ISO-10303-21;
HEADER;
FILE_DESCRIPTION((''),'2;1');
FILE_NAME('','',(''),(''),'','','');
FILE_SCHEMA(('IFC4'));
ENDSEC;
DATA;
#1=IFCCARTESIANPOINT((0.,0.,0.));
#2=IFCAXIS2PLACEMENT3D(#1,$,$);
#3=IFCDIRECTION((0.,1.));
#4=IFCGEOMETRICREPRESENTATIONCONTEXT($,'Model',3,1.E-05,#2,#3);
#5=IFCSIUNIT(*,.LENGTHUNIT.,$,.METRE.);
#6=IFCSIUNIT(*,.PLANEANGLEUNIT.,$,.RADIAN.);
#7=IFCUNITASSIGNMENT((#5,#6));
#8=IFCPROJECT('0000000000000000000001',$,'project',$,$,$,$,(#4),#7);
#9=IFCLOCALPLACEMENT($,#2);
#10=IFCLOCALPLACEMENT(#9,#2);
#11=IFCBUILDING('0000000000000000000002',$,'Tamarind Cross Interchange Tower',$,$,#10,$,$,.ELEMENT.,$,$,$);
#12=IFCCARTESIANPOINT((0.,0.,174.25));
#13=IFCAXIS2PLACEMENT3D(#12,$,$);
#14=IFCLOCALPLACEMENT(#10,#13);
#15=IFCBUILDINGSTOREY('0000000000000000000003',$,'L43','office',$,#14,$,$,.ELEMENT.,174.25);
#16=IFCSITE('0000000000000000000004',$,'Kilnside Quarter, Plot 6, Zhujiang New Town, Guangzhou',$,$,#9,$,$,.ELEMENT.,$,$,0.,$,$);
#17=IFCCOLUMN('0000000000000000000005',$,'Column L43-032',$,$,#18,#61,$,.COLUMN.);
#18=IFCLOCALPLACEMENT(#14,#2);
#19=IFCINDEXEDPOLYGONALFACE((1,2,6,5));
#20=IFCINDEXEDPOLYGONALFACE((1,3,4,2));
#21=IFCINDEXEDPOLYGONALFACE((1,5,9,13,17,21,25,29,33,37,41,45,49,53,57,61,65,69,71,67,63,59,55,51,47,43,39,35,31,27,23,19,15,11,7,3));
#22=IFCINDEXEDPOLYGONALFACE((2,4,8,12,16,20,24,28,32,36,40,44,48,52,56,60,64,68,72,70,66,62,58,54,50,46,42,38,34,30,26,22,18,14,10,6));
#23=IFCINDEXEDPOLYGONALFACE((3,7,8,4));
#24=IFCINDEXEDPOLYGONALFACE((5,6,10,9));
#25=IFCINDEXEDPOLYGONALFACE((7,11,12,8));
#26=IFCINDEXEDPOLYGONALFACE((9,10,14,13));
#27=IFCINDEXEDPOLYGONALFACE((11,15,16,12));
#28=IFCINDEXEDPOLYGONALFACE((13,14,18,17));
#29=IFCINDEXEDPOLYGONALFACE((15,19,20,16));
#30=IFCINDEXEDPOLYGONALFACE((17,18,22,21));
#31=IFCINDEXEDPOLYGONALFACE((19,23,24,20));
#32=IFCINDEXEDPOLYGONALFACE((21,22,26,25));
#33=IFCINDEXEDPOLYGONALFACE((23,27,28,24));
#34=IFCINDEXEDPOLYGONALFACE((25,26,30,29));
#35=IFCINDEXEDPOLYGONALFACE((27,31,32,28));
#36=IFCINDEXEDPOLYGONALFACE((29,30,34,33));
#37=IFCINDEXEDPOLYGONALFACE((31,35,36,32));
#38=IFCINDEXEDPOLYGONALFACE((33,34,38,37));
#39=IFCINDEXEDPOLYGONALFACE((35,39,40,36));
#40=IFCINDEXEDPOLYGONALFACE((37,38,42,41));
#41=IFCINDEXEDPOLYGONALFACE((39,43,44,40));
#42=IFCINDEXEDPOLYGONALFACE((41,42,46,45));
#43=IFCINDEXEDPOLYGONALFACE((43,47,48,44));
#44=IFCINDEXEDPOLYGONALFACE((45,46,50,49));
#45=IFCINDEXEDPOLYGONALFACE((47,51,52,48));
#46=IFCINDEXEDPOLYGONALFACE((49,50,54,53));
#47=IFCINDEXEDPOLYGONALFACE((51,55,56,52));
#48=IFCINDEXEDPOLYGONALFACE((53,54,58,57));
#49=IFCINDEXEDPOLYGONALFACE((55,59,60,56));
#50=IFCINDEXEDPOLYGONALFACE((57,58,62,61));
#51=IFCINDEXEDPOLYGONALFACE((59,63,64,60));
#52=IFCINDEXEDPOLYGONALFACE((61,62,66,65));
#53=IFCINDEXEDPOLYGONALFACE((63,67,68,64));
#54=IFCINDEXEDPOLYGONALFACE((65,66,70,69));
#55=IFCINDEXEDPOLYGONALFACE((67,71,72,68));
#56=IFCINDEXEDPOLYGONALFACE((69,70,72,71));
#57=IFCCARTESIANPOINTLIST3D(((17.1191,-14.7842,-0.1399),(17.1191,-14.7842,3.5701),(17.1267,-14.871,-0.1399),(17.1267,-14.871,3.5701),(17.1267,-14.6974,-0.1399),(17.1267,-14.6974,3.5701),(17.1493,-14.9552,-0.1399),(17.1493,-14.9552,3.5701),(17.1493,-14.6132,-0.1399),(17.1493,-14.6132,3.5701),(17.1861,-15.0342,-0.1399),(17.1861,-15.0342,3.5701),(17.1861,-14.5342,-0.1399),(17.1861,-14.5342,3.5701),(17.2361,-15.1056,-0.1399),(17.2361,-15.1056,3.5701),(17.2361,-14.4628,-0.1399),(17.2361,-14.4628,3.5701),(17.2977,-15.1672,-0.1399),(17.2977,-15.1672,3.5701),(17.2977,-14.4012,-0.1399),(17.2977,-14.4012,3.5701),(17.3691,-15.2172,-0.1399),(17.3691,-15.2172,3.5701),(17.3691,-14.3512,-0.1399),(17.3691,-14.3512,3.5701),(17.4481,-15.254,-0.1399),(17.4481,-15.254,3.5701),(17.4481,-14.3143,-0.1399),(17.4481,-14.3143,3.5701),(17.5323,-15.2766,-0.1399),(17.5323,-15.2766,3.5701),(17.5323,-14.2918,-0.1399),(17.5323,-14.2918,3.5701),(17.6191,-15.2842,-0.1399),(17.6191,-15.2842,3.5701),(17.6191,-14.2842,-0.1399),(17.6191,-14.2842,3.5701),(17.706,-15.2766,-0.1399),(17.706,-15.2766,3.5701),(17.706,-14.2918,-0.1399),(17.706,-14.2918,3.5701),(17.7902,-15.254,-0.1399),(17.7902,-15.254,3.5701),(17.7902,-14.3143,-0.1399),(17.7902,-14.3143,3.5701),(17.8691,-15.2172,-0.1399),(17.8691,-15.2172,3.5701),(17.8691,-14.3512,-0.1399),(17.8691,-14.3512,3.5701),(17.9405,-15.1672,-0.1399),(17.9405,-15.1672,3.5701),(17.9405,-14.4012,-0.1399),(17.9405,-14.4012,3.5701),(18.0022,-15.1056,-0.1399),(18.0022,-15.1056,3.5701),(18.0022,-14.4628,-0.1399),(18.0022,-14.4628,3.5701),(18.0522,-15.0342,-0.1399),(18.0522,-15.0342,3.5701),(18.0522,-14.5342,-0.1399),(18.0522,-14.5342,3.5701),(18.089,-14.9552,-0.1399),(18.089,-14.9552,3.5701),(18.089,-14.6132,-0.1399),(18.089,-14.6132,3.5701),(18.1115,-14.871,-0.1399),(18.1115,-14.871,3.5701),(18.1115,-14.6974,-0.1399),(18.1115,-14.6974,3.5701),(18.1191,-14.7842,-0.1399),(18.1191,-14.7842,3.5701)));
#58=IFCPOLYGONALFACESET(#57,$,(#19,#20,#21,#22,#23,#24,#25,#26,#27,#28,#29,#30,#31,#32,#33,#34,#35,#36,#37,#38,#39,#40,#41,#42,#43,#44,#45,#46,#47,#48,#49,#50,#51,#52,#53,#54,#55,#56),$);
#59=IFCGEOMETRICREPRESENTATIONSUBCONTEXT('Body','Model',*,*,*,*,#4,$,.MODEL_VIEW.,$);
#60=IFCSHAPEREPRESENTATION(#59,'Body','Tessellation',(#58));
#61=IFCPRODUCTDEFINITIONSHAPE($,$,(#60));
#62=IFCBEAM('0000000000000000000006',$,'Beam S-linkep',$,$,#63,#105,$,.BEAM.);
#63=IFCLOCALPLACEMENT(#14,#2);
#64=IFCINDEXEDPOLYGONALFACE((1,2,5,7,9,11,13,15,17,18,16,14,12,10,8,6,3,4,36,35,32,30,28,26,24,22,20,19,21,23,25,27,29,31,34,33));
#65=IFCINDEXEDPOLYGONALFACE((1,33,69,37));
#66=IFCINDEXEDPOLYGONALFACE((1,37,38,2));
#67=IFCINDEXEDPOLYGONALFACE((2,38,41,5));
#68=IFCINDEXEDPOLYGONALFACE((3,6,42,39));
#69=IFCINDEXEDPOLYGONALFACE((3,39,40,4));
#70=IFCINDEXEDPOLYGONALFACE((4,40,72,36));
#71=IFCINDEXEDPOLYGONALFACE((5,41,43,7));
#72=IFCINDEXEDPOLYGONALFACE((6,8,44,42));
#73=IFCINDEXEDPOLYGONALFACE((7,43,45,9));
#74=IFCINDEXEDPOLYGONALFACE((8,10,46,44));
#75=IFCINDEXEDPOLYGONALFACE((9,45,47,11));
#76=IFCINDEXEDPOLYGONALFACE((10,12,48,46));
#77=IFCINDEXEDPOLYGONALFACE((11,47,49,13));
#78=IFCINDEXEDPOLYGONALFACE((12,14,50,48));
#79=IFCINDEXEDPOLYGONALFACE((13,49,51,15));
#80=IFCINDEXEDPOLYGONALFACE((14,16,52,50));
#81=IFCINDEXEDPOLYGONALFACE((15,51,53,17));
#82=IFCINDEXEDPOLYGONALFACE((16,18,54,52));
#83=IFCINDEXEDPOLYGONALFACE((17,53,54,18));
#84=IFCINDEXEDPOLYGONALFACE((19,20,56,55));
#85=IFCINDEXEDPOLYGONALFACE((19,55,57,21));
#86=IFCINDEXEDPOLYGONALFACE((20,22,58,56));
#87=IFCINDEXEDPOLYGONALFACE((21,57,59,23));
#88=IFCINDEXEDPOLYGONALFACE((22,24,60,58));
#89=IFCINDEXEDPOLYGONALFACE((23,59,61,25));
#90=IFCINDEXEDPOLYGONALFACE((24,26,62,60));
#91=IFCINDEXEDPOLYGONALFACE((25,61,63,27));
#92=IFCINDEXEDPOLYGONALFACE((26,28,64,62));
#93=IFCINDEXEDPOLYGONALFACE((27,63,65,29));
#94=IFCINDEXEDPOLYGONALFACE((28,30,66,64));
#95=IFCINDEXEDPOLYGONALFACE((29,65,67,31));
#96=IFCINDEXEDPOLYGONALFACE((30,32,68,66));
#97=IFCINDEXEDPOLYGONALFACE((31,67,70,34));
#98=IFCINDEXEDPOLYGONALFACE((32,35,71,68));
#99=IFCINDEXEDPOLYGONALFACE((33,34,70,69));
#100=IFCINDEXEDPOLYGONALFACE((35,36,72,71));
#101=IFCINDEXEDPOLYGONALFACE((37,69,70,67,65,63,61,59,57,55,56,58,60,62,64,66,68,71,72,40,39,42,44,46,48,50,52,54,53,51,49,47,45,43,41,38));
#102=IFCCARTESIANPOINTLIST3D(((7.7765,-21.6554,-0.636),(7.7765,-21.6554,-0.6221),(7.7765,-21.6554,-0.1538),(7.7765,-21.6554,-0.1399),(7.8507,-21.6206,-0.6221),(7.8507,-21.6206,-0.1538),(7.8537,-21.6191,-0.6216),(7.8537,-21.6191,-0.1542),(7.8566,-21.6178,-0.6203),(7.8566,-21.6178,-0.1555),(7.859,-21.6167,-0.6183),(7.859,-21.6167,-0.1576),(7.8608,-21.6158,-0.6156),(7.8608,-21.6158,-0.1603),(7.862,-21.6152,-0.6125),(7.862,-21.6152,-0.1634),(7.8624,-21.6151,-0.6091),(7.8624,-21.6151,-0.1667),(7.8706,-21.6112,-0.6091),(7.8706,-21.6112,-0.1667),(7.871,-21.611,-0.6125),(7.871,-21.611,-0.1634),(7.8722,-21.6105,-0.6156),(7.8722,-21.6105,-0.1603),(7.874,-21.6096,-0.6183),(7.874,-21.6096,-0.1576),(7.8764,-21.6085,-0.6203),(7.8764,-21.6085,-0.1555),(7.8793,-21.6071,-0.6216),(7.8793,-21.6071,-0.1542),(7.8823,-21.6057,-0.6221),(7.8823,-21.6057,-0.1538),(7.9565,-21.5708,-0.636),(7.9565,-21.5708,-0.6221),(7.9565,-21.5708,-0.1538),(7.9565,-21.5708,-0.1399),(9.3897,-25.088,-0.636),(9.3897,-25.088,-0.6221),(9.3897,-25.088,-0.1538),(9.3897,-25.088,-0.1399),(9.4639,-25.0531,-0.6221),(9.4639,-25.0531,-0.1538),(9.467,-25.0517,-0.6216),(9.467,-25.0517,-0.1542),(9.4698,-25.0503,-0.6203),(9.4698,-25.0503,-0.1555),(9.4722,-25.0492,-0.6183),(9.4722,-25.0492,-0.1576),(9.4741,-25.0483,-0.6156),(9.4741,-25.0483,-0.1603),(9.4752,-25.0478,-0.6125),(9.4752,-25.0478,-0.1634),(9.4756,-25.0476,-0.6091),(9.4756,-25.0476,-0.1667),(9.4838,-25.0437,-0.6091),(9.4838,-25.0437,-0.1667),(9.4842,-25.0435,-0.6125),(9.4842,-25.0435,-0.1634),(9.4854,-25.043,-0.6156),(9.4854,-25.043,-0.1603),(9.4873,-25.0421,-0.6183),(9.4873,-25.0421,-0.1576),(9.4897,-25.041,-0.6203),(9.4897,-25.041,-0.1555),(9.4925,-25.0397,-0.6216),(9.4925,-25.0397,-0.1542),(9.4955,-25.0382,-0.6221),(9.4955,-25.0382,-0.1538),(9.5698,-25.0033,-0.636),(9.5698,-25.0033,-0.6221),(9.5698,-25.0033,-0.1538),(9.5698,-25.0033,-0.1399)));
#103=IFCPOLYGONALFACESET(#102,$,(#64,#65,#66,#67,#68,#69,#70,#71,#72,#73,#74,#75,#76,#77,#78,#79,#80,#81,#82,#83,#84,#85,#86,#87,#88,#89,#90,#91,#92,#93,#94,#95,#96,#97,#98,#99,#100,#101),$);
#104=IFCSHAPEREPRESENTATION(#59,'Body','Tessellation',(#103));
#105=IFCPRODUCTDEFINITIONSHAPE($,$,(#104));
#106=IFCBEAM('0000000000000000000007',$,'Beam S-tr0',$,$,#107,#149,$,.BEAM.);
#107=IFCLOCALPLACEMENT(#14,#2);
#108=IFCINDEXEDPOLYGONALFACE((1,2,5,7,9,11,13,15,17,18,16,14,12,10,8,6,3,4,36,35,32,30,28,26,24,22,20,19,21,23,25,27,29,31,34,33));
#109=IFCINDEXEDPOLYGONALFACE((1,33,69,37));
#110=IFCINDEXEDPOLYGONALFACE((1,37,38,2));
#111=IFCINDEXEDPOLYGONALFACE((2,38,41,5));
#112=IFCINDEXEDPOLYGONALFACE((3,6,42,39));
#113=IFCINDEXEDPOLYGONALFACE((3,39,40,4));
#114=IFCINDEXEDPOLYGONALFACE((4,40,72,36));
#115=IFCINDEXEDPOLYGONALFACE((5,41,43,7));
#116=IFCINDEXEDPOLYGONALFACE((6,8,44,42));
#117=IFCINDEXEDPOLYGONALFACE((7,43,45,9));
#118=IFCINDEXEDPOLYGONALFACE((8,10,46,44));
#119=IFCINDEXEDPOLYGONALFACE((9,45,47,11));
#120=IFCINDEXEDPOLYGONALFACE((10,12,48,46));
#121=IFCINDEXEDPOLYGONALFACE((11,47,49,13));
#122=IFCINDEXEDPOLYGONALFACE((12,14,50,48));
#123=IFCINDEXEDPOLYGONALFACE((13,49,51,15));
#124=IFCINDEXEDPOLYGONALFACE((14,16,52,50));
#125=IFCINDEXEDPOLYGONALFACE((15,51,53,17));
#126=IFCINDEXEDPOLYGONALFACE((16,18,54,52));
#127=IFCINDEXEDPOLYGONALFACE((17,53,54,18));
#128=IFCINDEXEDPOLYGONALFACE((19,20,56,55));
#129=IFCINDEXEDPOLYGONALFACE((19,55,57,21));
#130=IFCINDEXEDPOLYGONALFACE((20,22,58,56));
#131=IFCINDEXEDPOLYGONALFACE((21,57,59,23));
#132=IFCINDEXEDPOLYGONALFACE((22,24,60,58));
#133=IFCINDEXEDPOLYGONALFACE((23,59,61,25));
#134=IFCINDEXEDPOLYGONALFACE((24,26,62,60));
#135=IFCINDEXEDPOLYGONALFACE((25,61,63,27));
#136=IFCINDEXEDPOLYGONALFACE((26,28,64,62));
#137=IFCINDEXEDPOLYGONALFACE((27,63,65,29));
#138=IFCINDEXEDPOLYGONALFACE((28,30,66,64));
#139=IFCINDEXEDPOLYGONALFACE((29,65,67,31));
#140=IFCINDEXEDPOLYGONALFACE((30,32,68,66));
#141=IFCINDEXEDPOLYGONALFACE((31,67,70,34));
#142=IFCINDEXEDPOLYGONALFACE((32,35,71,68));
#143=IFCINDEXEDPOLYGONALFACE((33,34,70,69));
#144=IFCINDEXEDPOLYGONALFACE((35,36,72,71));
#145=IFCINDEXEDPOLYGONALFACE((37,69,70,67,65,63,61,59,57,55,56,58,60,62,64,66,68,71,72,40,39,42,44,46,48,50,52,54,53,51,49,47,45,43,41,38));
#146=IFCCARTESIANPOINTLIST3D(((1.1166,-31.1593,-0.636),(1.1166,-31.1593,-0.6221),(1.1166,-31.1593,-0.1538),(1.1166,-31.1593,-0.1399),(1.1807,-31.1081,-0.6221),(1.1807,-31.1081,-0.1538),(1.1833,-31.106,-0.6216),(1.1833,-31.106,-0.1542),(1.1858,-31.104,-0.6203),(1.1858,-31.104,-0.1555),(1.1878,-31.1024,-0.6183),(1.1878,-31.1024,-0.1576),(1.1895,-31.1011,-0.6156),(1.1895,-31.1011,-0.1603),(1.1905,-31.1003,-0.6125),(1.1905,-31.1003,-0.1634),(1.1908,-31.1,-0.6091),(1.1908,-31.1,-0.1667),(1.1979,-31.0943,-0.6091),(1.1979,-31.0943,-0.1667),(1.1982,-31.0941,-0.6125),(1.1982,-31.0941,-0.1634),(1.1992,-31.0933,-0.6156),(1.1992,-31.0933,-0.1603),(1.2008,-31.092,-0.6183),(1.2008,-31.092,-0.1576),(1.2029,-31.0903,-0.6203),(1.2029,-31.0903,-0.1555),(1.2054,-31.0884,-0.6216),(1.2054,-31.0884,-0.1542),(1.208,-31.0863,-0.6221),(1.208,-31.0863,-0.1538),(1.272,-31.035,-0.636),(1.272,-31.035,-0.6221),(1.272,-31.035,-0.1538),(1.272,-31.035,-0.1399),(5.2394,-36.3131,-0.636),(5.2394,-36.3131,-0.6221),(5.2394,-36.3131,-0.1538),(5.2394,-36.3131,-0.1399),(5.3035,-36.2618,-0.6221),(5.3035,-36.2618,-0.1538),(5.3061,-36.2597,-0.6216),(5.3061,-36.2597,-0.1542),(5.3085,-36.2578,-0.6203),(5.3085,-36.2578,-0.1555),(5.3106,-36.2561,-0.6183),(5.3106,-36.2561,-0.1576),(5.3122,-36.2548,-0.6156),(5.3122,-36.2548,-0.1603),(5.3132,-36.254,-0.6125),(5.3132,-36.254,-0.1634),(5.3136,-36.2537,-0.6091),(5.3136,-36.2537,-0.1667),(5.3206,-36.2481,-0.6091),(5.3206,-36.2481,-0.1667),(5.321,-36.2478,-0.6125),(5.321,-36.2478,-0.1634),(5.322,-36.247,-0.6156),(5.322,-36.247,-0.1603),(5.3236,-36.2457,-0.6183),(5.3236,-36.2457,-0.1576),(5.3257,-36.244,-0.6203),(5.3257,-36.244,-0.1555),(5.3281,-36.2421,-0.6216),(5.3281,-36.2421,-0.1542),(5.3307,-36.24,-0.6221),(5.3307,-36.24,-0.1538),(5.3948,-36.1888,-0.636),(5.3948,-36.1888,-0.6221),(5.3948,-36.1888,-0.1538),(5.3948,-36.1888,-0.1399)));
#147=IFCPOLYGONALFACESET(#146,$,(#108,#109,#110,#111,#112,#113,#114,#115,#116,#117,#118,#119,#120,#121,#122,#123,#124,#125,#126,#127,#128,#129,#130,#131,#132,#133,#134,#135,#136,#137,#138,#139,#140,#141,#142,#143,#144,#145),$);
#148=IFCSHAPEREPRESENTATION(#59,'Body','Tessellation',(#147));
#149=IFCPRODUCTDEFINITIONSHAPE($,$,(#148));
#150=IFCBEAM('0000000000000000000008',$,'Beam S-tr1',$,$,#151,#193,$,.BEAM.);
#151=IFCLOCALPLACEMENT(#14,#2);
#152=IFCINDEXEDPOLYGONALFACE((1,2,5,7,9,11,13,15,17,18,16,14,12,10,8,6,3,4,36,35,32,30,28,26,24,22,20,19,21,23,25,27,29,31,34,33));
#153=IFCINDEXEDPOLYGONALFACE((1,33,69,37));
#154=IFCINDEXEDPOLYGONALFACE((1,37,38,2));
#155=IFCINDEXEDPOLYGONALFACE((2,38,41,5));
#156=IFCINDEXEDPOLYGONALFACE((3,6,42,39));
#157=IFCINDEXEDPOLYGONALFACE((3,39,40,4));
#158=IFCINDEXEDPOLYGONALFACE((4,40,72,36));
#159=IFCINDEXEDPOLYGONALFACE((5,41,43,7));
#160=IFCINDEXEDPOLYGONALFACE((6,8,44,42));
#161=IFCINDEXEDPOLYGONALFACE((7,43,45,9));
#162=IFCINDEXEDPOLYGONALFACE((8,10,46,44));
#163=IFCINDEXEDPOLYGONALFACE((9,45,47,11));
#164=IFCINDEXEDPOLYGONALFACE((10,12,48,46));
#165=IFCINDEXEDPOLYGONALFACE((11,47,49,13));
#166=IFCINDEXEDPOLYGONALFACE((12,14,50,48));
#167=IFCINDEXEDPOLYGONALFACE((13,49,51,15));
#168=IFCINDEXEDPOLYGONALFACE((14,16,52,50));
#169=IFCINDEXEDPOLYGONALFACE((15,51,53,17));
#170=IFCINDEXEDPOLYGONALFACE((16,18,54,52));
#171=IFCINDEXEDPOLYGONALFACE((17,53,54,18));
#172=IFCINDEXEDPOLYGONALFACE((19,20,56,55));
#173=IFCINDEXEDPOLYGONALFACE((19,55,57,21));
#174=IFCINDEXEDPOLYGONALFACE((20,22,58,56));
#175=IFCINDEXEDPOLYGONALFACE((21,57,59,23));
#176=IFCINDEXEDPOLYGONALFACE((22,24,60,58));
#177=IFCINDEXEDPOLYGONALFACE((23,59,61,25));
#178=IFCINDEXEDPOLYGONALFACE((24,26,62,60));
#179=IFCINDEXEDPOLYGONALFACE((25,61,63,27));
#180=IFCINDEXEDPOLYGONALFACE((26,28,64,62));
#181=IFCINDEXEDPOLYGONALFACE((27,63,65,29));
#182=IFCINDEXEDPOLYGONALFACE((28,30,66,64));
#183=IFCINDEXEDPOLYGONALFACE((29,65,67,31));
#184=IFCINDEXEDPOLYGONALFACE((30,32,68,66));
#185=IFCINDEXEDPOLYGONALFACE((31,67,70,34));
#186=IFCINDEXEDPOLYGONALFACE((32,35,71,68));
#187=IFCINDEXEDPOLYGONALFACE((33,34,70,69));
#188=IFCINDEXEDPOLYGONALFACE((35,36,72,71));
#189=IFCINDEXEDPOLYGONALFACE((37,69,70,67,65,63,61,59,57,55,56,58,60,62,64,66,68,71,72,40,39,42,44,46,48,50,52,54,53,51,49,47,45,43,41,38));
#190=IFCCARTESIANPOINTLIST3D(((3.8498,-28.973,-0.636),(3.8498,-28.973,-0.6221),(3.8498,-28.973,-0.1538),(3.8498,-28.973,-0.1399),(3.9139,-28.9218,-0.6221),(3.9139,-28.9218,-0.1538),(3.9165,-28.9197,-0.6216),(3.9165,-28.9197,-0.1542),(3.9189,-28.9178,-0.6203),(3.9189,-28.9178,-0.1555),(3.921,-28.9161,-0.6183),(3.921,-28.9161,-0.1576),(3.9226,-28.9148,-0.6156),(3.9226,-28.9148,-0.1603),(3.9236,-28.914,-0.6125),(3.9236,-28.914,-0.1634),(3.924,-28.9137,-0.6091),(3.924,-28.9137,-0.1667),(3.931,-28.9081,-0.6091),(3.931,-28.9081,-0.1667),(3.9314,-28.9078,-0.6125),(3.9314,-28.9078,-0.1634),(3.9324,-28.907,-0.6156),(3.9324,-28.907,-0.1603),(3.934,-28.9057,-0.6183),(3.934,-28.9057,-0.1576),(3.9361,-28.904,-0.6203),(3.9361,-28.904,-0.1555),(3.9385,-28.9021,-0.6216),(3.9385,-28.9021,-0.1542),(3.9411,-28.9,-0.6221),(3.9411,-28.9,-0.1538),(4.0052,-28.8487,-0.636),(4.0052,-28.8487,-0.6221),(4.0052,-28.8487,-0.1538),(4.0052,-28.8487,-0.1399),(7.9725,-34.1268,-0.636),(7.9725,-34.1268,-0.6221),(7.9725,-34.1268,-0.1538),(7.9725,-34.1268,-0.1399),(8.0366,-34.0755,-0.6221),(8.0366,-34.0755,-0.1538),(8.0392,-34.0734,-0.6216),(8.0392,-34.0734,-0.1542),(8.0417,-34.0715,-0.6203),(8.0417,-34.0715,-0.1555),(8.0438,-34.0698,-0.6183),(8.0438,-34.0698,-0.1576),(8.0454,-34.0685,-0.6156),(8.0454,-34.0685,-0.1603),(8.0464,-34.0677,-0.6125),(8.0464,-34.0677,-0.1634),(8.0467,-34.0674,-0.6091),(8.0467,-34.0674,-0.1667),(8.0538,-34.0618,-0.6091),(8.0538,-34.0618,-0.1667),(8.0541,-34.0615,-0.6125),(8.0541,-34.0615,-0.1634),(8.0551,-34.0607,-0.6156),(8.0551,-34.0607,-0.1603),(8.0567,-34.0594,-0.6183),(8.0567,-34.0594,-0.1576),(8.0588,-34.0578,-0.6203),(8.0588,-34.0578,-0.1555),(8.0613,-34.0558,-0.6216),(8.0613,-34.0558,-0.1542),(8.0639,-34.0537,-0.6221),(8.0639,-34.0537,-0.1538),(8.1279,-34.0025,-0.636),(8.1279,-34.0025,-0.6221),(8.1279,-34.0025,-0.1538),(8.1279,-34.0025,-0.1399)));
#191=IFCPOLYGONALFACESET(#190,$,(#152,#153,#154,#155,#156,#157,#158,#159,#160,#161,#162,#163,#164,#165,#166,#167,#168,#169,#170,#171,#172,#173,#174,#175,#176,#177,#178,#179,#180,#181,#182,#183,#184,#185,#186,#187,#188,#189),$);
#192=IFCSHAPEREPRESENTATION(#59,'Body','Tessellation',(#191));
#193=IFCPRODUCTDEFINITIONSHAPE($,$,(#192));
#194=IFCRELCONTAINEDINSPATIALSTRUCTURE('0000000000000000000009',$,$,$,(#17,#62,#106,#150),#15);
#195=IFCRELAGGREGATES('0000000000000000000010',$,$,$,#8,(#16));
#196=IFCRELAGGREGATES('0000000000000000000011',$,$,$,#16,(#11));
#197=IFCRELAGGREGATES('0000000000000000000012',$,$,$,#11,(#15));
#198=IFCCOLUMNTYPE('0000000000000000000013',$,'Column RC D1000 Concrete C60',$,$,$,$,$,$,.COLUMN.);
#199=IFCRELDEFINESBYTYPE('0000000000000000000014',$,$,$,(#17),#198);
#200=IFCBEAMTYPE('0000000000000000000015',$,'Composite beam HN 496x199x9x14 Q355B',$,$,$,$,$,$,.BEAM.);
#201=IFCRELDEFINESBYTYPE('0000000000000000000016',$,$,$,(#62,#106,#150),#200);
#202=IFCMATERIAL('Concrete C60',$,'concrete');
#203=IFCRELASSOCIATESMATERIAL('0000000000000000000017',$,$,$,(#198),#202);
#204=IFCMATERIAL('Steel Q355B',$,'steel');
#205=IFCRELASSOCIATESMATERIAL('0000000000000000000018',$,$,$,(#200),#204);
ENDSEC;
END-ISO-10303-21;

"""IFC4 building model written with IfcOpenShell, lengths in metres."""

from ifc_helpers import new_model, si_unit, direction, frame, origin, origin_2d, place, context, subcontext, project, spatial, circle, i_section, extrude, material, material_profile, profile_set, type_object, element, save


model = new_model("IFC4")

# Units and contexts
model_context = context("Model", 3, precision=1e-05, world=origin(), true_north=direction((0.0, 1.0)))
body_context = subcontext(model_context, "Body", "Model", "MODEL_VIEW")
ifc_project = project(units=[si_unit("LENGTHUNIT", "METRE"), si_unit("PLANEANGLEUNIT", "RADIAN")], contexts=[model_context])

# Site, building, storey
site_placement = place(None, origin())
site = spatial("IfcSite", under=ifc_project, at=site_placement, Name="Kilnside Quarter, Plot 6, Zhujiang New Town, Guangzhou", CompositionType="ELEMENT", RefElevation=0.0)
building_placement = place(site_placement, origin())
building = spatial("IfcBuilding", under=site, at=building_placement, Name="Tamarind Cross Interchange Tower", CompositionType="ELEMENT")
storey_placement = place(building_placement, frame((0.0, 0.0, 174.25)))
storey = spatial("IfcBuildingStorey", under=building, at=storey_placement, Name="L43", Description="office", CompositionType="ELEMENT", Elevation=174.25)

# Column
ifc_material_1 = material(Name="Concrete C60", Category="concrete")
ifc_material_profile_1 = material_profile(ifc_material_1, circle(Radius=0.5, at=origin_2d()), Name="RC D1000")
ifc_profile_set_1 = profile_set([ifc_material_profile_1], Name="Concrete C60")
column_type_1 = type_object("IfcColumnType", Name="Column RC D1000 Concrete C60", PredefinedType="COLUMN", material=ifc_profile_set_1)
for number, where, z_axis, x_axis, name in (
    (1, (17.6191, -14.7842, -0.1399), (0.0, 0.0, 1.0), (1.0, 0.0, 0.0), "Column L43-032"),
):
    element("IfcColumn", number, at=place(storey_placement, frame(where, z_axis=z_axis, x_axis=x_axis)), inside=storey, type_object=column_type_1, Name=name, PredefinedType="COLUMN", context=body_context, shape_type="SweptSolid", body=[
        extrude(circle(Radius=0.5, at=origin_2d()), origin(), (0.0, 0.0, 1.0), 3.71),
    ])

# Beams
ifc_material_2 = material(Name="Steel Q355B", Category="steel")
ifc_material_profile_2 = material_profile(ifc_material_2, i_section(OverallWidth=0.199, OverallDepth=0.4961, WebThickness=0.009, FlangeThickness=0.0139, FilletRadius=0.0129, at=origin_2d()), Name="HN 496x199x9x14")
ifc_profile_set_2 = profile_set([ifc_material_profile_2], Name="Steel Q355B")
beam_type_1 = type_object("IfcBeamType", Name="Composite beam HN 496x199x9x14 Q355B", PredefinedType="BEAM", material=ifc_profile_set_2)
beam_1_placement = place(storey_placement, frame((9.4797, -25.0457, -0.3879), z_axis=(-0.425351, 0.905029, 0.0), x_axis=(-0.905029, -0.425351, 0.0)))
element("IfcBeam", 2, at=beam_1_placement, inside=storey, type_object=beam_type_1, Name="Beam S-linkep", PredefinedType="BEAM", context=body_context, shape_type="SweptSolid", body=[
    extrude(i_section(OverallWidth=0.199, OverallDepth=0.4961, WebThickness=0.009, FlangeThickness=0.0139, FilletRadius=0.0129, at=origin_2d()), origin(), (0.0, 0.0, 1.0), 3.7927),
])
for number, where, z_axis, x_axis, name in (
    (3, (1.1943, -31.0972, -0.3879), (0.624672, -0.780887, 0.0), (0.780887, 0.624672, 0.0), "Beam S-tr0"),
    (4, (3.9275, -28.9109, -0.3879), (0.624672, -0.780887, 0.0), (0.780887, 0.624672, 0.0), "Beam S-tr1"),
):
    element("IfcBeam", number, at=place(storey_placement, frame(where, z_axis=z_axis, x_axis=x_axis)), inside=storey, type_object=beam_type_1, Name=name, PredefinedType="BEAM", context=body_context, shape_type="SweptSolid", body=[
        extrude(i_section(OverallWidth=0.199, OverallDepth=0.4961, WebThickness=0.009, FlangeThickness=0.0139, FilletRadius=0.0129, at=origin_2d()), origin(), (0.0, 0.0, 1.0), 6.5999),
    ])

save(model, "model.ifc")
